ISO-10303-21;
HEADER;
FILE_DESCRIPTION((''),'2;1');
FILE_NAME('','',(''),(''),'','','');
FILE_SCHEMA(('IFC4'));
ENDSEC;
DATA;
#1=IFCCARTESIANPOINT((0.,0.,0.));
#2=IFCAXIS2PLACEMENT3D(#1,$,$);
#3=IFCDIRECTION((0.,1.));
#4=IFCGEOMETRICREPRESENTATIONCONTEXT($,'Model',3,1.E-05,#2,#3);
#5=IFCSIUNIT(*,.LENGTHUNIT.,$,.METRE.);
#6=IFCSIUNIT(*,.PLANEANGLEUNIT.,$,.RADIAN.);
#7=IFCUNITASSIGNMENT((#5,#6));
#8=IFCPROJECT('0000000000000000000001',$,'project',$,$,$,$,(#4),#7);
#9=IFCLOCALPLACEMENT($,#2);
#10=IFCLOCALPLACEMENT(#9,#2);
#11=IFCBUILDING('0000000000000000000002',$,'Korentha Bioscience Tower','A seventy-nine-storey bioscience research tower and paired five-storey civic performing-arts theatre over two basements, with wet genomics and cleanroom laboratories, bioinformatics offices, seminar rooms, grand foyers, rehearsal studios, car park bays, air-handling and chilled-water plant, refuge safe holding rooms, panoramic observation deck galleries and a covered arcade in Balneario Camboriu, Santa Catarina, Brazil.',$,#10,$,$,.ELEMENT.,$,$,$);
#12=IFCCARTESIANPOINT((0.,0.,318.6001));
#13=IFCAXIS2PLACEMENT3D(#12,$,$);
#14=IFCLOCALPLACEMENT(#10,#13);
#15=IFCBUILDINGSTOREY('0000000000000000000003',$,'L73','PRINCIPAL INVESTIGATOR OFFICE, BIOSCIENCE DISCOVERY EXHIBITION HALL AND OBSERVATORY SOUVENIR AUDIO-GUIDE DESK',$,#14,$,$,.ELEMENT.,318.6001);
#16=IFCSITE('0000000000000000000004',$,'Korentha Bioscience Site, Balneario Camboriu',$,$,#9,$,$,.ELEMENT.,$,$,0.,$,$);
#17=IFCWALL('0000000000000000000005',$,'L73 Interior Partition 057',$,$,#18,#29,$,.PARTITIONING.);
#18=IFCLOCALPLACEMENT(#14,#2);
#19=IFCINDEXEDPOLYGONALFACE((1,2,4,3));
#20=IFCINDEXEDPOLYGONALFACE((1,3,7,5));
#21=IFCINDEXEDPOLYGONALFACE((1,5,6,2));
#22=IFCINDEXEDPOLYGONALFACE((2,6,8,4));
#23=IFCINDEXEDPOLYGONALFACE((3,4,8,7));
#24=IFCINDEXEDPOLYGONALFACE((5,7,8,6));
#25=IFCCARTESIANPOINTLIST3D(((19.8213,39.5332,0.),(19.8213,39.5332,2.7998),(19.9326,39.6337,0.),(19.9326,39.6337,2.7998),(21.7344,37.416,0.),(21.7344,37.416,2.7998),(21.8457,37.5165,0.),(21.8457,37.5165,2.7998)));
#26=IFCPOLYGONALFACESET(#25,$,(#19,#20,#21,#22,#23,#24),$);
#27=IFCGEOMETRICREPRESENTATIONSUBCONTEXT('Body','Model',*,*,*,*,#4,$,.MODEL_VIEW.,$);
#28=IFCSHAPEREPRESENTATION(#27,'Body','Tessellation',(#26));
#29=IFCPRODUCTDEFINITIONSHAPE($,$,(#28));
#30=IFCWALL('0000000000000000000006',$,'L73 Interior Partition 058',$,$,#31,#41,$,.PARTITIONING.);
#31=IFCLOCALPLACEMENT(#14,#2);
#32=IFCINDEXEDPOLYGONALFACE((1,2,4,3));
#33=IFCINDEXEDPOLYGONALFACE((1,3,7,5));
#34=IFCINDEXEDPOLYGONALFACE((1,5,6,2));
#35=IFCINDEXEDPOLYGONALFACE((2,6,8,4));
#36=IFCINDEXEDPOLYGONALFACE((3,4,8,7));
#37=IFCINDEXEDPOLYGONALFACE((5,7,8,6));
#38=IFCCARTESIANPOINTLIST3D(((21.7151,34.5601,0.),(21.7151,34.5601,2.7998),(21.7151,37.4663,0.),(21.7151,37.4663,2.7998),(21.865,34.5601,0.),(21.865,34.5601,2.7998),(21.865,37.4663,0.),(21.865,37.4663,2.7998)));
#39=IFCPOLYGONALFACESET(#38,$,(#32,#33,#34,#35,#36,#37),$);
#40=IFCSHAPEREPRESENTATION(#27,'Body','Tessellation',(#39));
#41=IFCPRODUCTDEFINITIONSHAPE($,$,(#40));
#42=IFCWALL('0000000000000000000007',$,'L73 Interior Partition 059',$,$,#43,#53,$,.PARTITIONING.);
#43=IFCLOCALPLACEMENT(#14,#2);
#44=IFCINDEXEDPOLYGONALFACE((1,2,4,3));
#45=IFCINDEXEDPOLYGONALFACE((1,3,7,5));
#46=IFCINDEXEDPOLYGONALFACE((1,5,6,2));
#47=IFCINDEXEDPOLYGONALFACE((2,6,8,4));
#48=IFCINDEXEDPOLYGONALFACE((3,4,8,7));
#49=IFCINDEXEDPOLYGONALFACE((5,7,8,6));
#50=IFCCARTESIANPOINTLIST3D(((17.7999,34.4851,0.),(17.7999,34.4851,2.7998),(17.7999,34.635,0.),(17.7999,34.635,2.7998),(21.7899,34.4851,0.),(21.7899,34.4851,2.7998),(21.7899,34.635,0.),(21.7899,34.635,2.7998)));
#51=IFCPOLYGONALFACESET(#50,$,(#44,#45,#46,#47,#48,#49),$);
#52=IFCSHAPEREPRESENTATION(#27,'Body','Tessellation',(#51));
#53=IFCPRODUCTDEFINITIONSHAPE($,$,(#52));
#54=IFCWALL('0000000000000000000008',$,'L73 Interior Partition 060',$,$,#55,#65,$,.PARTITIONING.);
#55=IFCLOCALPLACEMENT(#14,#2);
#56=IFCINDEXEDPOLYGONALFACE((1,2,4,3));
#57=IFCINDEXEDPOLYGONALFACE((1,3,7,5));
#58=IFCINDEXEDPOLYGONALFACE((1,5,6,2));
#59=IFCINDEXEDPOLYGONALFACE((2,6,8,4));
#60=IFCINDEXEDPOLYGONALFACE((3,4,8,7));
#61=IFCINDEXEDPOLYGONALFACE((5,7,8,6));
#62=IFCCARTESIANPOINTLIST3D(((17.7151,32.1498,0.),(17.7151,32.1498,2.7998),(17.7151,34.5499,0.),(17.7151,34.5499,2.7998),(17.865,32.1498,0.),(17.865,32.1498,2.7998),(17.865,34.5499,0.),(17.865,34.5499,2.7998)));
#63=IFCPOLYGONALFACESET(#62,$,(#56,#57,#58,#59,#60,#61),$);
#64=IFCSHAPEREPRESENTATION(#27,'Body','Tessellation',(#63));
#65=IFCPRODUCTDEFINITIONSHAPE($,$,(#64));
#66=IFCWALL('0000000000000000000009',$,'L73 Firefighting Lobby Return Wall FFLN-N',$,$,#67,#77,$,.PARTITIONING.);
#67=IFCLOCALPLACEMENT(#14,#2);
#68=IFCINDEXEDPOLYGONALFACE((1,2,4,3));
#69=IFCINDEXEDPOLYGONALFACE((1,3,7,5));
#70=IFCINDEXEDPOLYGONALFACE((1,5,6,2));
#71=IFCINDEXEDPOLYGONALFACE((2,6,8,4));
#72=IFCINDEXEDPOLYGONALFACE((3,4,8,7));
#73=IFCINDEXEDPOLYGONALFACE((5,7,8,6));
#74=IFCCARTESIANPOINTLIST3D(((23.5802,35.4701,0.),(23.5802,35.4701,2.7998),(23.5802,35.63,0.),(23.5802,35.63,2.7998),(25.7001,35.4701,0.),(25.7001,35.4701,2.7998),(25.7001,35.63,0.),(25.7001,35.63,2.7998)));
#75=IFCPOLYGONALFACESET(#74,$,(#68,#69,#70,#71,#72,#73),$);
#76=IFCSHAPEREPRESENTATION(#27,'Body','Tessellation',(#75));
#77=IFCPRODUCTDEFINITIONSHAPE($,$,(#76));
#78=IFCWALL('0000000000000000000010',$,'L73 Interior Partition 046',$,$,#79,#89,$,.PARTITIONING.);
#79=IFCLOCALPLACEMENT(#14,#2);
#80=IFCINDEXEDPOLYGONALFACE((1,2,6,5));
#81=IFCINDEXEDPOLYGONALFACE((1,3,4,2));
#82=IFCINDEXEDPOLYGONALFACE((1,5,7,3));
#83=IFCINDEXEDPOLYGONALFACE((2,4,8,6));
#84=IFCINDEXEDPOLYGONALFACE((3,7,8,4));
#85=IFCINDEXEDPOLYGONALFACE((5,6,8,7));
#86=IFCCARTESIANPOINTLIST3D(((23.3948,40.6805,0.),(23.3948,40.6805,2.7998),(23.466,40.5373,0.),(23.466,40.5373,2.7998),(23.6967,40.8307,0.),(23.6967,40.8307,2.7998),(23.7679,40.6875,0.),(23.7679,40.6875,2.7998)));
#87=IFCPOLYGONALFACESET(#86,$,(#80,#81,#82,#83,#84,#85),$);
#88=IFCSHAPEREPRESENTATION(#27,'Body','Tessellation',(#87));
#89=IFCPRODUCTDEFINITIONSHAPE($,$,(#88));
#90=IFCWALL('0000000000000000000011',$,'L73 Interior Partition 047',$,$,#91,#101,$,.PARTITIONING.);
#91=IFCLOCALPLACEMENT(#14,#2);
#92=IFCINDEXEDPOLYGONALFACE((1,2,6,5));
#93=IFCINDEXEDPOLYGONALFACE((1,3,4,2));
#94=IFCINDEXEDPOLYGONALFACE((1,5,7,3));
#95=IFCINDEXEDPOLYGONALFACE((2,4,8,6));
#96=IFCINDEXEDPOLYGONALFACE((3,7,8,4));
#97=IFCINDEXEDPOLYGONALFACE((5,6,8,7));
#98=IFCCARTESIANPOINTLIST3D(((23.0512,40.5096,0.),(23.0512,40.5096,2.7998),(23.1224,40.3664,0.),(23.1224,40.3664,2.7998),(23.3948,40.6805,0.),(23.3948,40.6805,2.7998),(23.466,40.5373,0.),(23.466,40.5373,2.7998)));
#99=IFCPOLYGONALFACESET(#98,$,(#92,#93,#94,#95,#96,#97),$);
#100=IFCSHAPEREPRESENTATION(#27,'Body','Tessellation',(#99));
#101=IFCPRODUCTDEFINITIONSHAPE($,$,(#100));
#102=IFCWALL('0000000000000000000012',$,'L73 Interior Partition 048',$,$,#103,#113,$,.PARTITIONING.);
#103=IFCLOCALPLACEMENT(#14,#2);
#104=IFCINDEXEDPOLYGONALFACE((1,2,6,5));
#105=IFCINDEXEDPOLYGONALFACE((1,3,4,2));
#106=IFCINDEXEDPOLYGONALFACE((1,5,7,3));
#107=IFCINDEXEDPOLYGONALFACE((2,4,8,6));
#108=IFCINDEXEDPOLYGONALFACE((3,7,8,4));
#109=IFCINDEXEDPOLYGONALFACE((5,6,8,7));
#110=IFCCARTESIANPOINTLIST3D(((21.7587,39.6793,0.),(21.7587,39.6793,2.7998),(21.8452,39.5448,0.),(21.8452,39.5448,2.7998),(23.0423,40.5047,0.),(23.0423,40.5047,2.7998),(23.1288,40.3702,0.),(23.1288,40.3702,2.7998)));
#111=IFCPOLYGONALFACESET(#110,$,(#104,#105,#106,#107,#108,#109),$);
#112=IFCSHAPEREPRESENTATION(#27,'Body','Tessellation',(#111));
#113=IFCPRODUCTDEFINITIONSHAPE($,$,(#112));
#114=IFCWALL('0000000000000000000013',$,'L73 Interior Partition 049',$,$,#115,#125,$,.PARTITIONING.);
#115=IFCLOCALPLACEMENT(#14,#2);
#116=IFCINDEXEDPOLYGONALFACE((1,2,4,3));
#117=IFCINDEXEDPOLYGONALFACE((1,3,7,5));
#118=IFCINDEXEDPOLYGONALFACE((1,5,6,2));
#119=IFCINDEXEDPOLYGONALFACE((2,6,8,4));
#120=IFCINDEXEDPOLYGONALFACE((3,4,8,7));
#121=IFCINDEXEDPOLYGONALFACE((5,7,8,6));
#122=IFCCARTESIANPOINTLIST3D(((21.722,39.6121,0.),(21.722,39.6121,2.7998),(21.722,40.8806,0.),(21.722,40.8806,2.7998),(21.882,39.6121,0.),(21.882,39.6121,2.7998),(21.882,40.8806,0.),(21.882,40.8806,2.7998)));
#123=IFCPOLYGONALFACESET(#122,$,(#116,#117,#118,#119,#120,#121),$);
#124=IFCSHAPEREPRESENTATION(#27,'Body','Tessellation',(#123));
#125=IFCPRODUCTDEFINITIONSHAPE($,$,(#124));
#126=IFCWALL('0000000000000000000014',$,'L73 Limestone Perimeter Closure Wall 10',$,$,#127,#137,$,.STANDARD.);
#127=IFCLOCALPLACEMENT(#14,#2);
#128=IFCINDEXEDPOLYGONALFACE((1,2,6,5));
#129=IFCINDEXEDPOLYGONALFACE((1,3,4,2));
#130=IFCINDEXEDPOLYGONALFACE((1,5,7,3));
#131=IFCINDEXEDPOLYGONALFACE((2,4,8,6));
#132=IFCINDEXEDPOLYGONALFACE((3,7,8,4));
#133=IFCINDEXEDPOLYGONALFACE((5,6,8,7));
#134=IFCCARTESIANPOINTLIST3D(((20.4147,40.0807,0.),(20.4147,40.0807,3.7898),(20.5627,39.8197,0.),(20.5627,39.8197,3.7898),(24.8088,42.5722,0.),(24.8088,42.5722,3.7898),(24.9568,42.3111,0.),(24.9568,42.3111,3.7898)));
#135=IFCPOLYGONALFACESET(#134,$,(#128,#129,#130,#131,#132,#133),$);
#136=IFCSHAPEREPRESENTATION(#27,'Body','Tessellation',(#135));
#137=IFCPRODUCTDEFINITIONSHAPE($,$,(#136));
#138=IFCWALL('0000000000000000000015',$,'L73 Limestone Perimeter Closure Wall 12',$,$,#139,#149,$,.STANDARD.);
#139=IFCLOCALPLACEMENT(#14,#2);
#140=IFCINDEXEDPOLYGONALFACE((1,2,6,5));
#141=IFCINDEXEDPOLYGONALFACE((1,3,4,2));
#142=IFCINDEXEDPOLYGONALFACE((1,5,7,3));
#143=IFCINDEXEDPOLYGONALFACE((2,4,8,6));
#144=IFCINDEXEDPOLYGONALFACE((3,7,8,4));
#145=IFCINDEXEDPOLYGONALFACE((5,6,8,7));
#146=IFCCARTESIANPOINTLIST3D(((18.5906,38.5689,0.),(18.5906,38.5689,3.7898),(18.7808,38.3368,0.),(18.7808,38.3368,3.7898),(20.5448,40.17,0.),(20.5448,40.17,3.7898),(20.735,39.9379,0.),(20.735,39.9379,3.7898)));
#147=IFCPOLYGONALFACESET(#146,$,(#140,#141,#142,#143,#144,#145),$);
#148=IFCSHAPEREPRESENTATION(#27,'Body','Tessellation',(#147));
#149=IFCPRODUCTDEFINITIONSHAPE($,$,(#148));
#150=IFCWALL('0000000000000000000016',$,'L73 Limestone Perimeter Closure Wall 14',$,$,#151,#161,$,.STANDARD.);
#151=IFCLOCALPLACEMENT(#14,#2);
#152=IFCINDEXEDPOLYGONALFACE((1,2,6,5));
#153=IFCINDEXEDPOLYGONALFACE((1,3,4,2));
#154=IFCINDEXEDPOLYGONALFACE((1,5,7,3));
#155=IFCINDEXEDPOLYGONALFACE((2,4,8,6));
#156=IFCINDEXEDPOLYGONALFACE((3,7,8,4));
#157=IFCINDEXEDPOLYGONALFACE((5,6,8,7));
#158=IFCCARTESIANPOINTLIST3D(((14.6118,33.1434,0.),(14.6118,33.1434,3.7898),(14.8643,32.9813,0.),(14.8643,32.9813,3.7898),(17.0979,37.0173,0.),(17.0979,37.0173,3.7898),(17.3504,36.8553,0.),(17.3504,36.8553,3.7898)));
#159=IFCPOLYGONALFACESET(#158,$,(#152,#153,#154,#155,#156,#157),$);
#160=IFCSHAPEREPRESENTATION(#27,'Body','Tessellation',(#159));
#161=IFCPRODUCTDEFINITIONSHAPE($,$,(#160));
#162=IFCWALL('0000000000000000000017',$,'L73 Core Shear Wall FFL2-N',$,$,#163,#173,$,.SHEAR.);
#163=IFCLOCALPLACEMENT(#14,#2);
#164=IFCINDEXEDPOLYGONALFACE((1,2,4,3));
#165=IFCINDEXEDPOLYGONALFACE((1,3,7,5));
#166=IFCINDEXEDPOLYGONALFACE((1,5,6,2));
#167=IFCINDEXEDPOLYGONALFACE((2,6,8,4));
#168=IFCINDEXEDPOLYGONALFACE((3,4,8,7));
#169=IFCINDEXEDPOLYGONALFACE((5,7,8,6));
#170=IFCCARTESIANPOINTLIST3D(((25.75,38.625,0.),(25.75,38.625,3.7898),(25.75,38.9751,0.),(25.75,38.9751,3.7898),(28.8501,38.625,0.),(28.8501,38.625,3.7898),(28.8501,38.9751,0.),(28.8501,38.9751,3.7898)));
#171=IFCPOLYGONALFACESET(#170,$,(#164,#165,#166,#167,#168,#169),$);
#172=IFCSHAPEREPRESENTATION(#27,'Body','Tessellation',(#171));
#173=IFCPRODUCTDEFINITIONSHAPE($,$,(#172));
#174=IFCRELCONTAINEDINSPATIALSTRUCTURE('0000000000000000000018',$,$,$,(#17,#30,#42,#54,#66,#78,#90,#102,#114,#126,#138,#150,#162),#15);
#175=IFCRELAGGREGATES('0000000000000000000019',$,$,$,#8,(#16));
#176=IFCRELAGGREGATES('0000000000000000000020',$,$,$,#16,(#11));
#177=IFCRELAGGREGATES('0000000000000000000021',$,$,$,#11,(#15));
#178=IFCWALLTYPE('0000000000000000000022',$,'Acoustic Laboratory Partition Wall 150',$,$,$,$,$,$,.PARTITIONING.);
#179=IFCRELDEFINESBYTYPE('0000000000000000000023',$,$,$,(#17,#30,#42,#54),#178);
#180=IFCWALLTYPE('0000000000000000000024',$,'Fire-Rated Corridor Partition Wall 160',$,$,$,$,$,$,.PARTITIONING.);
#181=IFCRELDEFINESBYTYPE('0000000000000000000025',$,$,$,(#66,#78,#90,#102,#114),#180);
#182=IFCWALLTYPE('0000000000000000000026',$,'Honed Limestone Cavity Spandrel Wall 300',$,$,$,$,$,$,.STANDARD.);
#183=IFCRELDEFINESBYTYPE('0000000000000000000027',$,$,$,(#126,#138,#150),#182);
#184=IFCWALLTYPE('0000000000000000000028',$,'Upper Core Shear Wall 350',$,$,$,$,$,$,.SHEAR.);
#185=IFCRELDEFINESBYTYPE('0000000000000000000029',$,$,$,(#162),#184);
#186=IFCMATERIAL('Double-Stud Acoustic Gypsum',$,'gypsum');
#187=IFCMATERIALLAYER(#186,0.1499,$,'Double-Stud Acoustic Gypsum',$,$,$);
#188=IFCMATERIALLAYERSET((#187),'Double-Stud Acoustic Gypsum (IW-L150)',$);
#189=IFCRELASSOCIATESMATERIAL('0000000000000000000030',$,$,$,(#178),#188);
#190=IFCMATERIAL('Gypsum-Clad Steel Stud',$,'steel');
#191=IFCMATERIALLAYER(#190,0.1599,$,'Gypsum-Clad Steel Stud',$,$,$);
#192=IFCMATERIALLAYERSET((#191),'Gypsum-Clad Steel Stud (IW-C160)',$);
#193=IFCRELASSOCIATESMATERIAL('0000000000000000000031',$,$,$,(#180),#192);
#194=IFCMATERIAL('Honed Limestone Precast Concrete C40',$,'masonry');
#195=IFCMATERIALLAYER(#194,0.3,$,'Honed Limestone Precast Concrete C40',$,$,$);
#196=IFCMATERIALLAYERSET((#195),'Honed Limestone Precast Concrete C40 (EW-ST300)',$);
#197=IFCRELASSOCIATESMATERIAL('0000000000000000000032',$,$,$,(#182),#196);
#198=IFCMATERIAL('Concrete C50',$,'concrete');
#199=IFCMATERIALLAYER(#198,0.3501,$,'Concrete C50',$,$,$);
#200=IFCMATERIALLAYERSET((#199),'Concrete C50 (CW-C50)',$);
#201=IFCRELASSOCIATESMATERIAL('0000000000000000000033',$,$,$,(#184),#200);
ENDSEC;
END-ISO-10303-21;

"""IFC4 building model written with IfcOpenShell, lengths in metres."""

from ifc_helpers import new_model, si_unit, direction, frame, frame_2d, origin, place, context, subcontext, project, spatial, rectangle, extrude, material, layer, layer_set, type_object, element, save


model = new_model("IFC4")

# Units and contexts
model_context = context("Model", 3, precision=1e-05, world=origin(), true_north=direction((0.0, 1.0)))
body_context = subcontext(model_context, "Body", "Model", "MODEL_VIEW")
ifc_project = project(units=[si_unit("LENGTHUNIT", "METRE"), si_unit("PLANEANGLEUNIT", "RADIAN")], contexts=[model_context])

# Site, building, storey
site_placement = place(None, origin())
site = spatial("IfcSite", under=ifc_project, at=site_placement, Name="Korentha Bioscience Site, Balneario Camboriu", CompositionType="ELEMENT", RefElevation=0.0)
building_placement = place(site_placement, origin())
building = spatial("IfcBuilding", under=site, at=building_placement, Name="Korentha Bioscience Tower", Description="A seventy-nine-storey bioscience research tower and paired five-storey civic performing-arts theatre over two basements, with wet genomics and cleanroom laboratories, bioinformatics offices, seminar rooms, grand foyers, rehearsal studios, car park bays, air-handling and chilled-water plant, refuge safe holding rooms, panoramic observation deck galleries and a covered arcade in Balneario Camboriu, Santa Catarina, Brazil.", CompositionType="ELEMENT")
storey_placement = place(building_placement, frame((0.0, 0.0, 318.6001)))
storey = spatial("IfcBuildingStorey", under=building, at=storey_placement, Name="L73", Description="PRINCIPAL INVESTIGATOR OFFICE, BIOSCIENCE DISCOVERY EXHIBITION HALL AND OBSERVATORY SOUVENIR AUDIO-GUIDE DESK", CompositionType="ELEMENT", Elevation=318.6001)

# Shared definitions
ifc_material_1 = material(Name="Concrete C50", Category="concrete")

# Walls
ifc_material_2 = material(Name="Double-Stud Acoustic Gypsum", Category="gypsum")
ifc_layer_1 = layer(ifc_material_2, 0.1499, Name="Double-Stud Acoustic Gypsum")
ifc_layer_set_1 = layer_set([ifc_layer_1], Name="Double-Stud Acoustic Gypsum (IW-L150)")
wall_type_1 = type_object("IfcWallType", Name="Acoustic Laboratory Partition Wall 150", PredefinedType="PARTITIONING", material=ifc_layer_set_1)
wall_1_placement = place(storey_placement, frame((19.877, 39.5835, 0.0), z_axis=(0.0, 0.0, 1.0), x_axis=(0.670438, -0.741965, 0.0)))
element("IfcWall", 1, at=wall_1_placement, inside=storey, type_object=wall_type_1, Name="L73 Interior Partition 057", PredefinedType="PARTITIONING", context=body_context, shape_type="SweptSolid", body=[
    extrude(rectangle(XDim=2.8535, YDim=0.1499, at=frame_2d((1.4268, 0.0))), origin(), (0.0, 0.0, 1.0), 2.7998),
])
wall_2_placement = place(storey_placement, frame((21.79, 37.4663, 0.0), z_axis=(0.0, 0.0, 1.0), x_axis=(0.0, -1.0, 0.0)))
element("IfcWall", 2, at=wall_2_placement, inside=storey, type_object=wall_type_1, Name="L73 Interior Partition 058", PredefinedType="PARTITIONING", context=body_context, shape_type="SweptSolid", body=[
    extrude(rectangle(XDim=2.9062, YDim=0.1499, at=frame_2d((1.4531, 0.0))), origin(), (0.0, 0.0, 1.0), 2.7998),
])
wall_3_placement = place(storey_placement, frame((21.79, 34.5601, 0.0), z_axis=(0.0, 0.0, 1.0), x_axis=(-1.0, 0.0, 0.0)))
element("IfcWall", 3, at=wall_3_placement, inside=storey, type_object=wall_type_1, Name="L73 Interior Partition 059", PredefinedType="PARTITIONING", context=body_context, shape_type="SweptSolid", body=[
    extrude(rectangle(XDim=3.99, YDim=0.1499, at=frame_2d((1.9951, 0.0))), origin(), (0.0, 0.0, 1.0), 2.7998),
])
wall_4_placement = place(storey_placement, frame((17.79, 34.55, 0.0), z_axis=(0.0, 0.0, 1.0), x_axis=(0.0, -1.0, 0.0)))
element("IfcWall", 4, at=wall_4_placement, inside=storey, type_object=wall_type_1, Name="L73 Interior Partition 060", PredefinedType="PARTITIONING", context=body_context, shape_type="SweptSolid", body=[
    extrude(rectangle(XDim=2.4001, YDim=0.1499, at=frame_2d((1.2002, 0.0))), origin(), (0.0, 0.0, 1.0), 2.7998),
])
ifc_material_3 = material(Name="Gypsum-Clad Steel Stud", Category="steel")
ifc_layer_2 = layer(ifc_material_3, 0.1599, Name="Gypsum-Clad Steel Stud")
ifc_layer_set_2 = layer_set([ifc_layer_2], Name="Gypsum-Clad Steel Stud (IW-C160)")
wall_type_2 = type_object("IfcWallType", Name="Fire-Rated Corridor Partition Wall 160", PredefinedType="PARTITIONING", material=ifc_layer_set_2)
wall_5_placement = place(storey_placement, frame((23.5801, 35.55, 0.0), z_axis=(0.0, 0.0, 1.0), x_axis=(1.0, 0.0, 0.0)))
element("IfcWall", 5, at=wall_5_placement, inside=storey, type_object=wall_type_2, Name="L73 Firefighting Lobby Return Wall FFLN-N", PredefinedType="PARTITIONING", context=body_context, shape_type="SweptSolid", body=[
    extrude(rectangle(XDim=2.1199, YDim=0.1599, at=frame_2d((1.0601, 0.0))), origin(), (0.0, 0.0, 1.0), 2.7998),
])
wall_6_placement = place(storey_placement, frame((23.7322, 40.759, 0.0), z_axis=(0.0, 0.0, 1.0), x_axis=(-0.895295, -0.445474, 0.0)))
element("IfcWall", 6, at=wall_6_placement, inside=storey, type_object=wall_type_2, Name="L73 Interior Partition 046", PredefinedType="PARTITIONING", context=body_context, shape_type="SweptSolid", body=[
    extrude(rectangle(XDim=0.3372, YDim=0.1599, at=frame_2d((0.1685, 0.0))), origin(), (0.0, 0.0, 1.0), 2.7998),
])
wall_7_placement = place(storey_placement, frame((23.4304, 40.6089, 0.0), z_axis=(0.0, 0.0, 1.0), x_axis=(-0.895442, -0.445177, 0.0)))
element("IfcWall", 7, at=wall_7_placement, inside=storey, type_object=wall_type_2, Name="L73 Interior Partition 047", PredefinedType="PARTITIONING", context=body_context, shape_type="SweptSolid", body=[
    extrude(rectangle(XDim=0.3838, YDim=0.1599, at=frame_2d((0.1919, 0.0))), origin(), (0.0, 0.0, 1.0), 2.7998),
])
wall_8_placement = place(storey_placement, frame((23.0857, 40.4375, 0.0), z_axis=(0.0, 0.0, 1.0), x_axis=(-0.841116, -0.540855, 0.0)))
element("IfcWall", 8, at=wall_8_placement, inside=storey, type_object=wall_type_2, Name="L73 Interior Partition 048", PredefinedType="PARTITIONING", context=body_context, shape_type="SweptSolid", body=[
    extrude(rectangle(XDim=1.5261, YDim=0.1599, at=frame_2d((0.7632, 0.0))), origin(), (0.0, 0.0, 1.0), 2.7998),
])
wall_9_placement = place(storey_placement, frame((21.802, 39.6121, 0.0), z_axis=(0.0, 0.0, 1.0), x_axis=(0.0, 1.0, 0.0)))
element("IfcWall", 9, at=wall_9_placement, inside=storey, type_object=wall_type_2, Name="L73 Interior Partition 049", PredefinedType="PARTITIONING", context=body_context, shape_type="SweptSolid", body=[
    extrude(rectangle(XDim=1.2686, YDim=0.1599, at=frame_2d((0.6343, 0.0))), origin(), (0.0, 0.0, 1.0), 2.7998),
])
ifc_material_4 = material(Name="Honed Limestone Precast Concrete C40", Category="masonry")
ifc_layer_3 = layer(ifc_material_4, 0.3, Name="Honed Limestone Precast Concrete C40")
ifc_layer_set_3 = layer_set([ifc_layer_3], Name="Honed Limestone Precast Concrete C40 (EW-ST300)")
wall_type_3 = type_object("IfcWallType", Name="Honed Limestone Cavity Spandrel Wall 300", PredefinedType="STANDARD", material=ifc_layer_set_3)
wall_10_placement = place(storey_placement, frame((24.8828, 42.4417, 0.0), z_axis=(0.0, 0.0, 1.0), x_axis=(-0.869895, -0.493237, 0.0)))
element("IfcWall", 10, at=wall_10_placement, inside=storey, type_object=wall_type_3, Name="L73 Limestone Perimeter Closure Wall 10", PredefinedType="STANDARD", context=body_context, shape_type="SweptSolid", body=[
    extrude(rectangle(XDim=5.0513, YDim=0.3, at=frame_2d((2.5256, 0.0))), origin(), (0.0, 0.0, 1.0), 3.7898),
])
wall_11_placement = place(storey_placement, frame((20.6399, 40.054, 0.0), z_axis=(0.0, 0.0, 1.0), x_axis=(-0.773518, -0.633774, 0.0)))
element("IfcWall", 11, at=wall_11_placement, inside=storey, type_object=wall_type_3, Name="L73 Limestone Perimeter Closure Wall 12", PredefinedType="STANDARD", context=body_context, shape_type="SweptSolid", body=[
    extrude(rectangle(XDim=2.5264, YDim=0.3, at=frame_2d((1.2632, 0.0))), origin(), (0.0, 0.0, 1.0), 3.7898),
])
wall_12_placement = place(storey_placement, frame((17.2241, 36.9363, 0.0), z_axis=(0.0, 0.0, 1.0), x_axis=(-0.540087, -0.841609, 0.0)))
element("IfcWall", 12, at=wall_12_placement, inside=storey, type_object=wall_type_3, Name="L73 Limestone Perimeter Closure Wall 14", PredefinedType="STANDARD", context=body_context, shape_type="SweptSolid", body=[
    extrude(rectangle(XDim=4.603, YDim=0.3, at=frame_2d((2.3015, 0.0))), origin(), (0.0, 0.0, 1.0), 3.7898),
])
ifc_layer_4 = layer(ifc_material_1, 0.3501, Name="Concrete C50")
ifc_layer_set_4 = layer_set([ifc_layer_4], Name="Concrete C50 (CW-C50)")
wall_type_4 = type_object("IfcWallType", Name="Upper Core Shear Wall 350", PredefinedType="SHEAR", material=ifc_layer_set_4)
wall_13_placement = place(storey_placement, frame((25.75, 38.8, 0.0), z_axis=(0.0, 0.0, 1.0), x_axis=(1.0, 0.0, 0.0)))
element("IfcWall", 13, at=wall_13_placement, inside=storey, type_object=wall_type_4, Name="L73 Core Shear Wall FFL2-N", PredefinedType="SHEAR", context=body_context, shape_type="SweptSolid", body=[
    extrude(rectangle(XDim=3.1001, YDim=0.3501, at=frame_2d((1.55, 0.0))), origin(), (0.0, 0.0, 1.0), 3.7898),
])

save(model, "model.ifc")
